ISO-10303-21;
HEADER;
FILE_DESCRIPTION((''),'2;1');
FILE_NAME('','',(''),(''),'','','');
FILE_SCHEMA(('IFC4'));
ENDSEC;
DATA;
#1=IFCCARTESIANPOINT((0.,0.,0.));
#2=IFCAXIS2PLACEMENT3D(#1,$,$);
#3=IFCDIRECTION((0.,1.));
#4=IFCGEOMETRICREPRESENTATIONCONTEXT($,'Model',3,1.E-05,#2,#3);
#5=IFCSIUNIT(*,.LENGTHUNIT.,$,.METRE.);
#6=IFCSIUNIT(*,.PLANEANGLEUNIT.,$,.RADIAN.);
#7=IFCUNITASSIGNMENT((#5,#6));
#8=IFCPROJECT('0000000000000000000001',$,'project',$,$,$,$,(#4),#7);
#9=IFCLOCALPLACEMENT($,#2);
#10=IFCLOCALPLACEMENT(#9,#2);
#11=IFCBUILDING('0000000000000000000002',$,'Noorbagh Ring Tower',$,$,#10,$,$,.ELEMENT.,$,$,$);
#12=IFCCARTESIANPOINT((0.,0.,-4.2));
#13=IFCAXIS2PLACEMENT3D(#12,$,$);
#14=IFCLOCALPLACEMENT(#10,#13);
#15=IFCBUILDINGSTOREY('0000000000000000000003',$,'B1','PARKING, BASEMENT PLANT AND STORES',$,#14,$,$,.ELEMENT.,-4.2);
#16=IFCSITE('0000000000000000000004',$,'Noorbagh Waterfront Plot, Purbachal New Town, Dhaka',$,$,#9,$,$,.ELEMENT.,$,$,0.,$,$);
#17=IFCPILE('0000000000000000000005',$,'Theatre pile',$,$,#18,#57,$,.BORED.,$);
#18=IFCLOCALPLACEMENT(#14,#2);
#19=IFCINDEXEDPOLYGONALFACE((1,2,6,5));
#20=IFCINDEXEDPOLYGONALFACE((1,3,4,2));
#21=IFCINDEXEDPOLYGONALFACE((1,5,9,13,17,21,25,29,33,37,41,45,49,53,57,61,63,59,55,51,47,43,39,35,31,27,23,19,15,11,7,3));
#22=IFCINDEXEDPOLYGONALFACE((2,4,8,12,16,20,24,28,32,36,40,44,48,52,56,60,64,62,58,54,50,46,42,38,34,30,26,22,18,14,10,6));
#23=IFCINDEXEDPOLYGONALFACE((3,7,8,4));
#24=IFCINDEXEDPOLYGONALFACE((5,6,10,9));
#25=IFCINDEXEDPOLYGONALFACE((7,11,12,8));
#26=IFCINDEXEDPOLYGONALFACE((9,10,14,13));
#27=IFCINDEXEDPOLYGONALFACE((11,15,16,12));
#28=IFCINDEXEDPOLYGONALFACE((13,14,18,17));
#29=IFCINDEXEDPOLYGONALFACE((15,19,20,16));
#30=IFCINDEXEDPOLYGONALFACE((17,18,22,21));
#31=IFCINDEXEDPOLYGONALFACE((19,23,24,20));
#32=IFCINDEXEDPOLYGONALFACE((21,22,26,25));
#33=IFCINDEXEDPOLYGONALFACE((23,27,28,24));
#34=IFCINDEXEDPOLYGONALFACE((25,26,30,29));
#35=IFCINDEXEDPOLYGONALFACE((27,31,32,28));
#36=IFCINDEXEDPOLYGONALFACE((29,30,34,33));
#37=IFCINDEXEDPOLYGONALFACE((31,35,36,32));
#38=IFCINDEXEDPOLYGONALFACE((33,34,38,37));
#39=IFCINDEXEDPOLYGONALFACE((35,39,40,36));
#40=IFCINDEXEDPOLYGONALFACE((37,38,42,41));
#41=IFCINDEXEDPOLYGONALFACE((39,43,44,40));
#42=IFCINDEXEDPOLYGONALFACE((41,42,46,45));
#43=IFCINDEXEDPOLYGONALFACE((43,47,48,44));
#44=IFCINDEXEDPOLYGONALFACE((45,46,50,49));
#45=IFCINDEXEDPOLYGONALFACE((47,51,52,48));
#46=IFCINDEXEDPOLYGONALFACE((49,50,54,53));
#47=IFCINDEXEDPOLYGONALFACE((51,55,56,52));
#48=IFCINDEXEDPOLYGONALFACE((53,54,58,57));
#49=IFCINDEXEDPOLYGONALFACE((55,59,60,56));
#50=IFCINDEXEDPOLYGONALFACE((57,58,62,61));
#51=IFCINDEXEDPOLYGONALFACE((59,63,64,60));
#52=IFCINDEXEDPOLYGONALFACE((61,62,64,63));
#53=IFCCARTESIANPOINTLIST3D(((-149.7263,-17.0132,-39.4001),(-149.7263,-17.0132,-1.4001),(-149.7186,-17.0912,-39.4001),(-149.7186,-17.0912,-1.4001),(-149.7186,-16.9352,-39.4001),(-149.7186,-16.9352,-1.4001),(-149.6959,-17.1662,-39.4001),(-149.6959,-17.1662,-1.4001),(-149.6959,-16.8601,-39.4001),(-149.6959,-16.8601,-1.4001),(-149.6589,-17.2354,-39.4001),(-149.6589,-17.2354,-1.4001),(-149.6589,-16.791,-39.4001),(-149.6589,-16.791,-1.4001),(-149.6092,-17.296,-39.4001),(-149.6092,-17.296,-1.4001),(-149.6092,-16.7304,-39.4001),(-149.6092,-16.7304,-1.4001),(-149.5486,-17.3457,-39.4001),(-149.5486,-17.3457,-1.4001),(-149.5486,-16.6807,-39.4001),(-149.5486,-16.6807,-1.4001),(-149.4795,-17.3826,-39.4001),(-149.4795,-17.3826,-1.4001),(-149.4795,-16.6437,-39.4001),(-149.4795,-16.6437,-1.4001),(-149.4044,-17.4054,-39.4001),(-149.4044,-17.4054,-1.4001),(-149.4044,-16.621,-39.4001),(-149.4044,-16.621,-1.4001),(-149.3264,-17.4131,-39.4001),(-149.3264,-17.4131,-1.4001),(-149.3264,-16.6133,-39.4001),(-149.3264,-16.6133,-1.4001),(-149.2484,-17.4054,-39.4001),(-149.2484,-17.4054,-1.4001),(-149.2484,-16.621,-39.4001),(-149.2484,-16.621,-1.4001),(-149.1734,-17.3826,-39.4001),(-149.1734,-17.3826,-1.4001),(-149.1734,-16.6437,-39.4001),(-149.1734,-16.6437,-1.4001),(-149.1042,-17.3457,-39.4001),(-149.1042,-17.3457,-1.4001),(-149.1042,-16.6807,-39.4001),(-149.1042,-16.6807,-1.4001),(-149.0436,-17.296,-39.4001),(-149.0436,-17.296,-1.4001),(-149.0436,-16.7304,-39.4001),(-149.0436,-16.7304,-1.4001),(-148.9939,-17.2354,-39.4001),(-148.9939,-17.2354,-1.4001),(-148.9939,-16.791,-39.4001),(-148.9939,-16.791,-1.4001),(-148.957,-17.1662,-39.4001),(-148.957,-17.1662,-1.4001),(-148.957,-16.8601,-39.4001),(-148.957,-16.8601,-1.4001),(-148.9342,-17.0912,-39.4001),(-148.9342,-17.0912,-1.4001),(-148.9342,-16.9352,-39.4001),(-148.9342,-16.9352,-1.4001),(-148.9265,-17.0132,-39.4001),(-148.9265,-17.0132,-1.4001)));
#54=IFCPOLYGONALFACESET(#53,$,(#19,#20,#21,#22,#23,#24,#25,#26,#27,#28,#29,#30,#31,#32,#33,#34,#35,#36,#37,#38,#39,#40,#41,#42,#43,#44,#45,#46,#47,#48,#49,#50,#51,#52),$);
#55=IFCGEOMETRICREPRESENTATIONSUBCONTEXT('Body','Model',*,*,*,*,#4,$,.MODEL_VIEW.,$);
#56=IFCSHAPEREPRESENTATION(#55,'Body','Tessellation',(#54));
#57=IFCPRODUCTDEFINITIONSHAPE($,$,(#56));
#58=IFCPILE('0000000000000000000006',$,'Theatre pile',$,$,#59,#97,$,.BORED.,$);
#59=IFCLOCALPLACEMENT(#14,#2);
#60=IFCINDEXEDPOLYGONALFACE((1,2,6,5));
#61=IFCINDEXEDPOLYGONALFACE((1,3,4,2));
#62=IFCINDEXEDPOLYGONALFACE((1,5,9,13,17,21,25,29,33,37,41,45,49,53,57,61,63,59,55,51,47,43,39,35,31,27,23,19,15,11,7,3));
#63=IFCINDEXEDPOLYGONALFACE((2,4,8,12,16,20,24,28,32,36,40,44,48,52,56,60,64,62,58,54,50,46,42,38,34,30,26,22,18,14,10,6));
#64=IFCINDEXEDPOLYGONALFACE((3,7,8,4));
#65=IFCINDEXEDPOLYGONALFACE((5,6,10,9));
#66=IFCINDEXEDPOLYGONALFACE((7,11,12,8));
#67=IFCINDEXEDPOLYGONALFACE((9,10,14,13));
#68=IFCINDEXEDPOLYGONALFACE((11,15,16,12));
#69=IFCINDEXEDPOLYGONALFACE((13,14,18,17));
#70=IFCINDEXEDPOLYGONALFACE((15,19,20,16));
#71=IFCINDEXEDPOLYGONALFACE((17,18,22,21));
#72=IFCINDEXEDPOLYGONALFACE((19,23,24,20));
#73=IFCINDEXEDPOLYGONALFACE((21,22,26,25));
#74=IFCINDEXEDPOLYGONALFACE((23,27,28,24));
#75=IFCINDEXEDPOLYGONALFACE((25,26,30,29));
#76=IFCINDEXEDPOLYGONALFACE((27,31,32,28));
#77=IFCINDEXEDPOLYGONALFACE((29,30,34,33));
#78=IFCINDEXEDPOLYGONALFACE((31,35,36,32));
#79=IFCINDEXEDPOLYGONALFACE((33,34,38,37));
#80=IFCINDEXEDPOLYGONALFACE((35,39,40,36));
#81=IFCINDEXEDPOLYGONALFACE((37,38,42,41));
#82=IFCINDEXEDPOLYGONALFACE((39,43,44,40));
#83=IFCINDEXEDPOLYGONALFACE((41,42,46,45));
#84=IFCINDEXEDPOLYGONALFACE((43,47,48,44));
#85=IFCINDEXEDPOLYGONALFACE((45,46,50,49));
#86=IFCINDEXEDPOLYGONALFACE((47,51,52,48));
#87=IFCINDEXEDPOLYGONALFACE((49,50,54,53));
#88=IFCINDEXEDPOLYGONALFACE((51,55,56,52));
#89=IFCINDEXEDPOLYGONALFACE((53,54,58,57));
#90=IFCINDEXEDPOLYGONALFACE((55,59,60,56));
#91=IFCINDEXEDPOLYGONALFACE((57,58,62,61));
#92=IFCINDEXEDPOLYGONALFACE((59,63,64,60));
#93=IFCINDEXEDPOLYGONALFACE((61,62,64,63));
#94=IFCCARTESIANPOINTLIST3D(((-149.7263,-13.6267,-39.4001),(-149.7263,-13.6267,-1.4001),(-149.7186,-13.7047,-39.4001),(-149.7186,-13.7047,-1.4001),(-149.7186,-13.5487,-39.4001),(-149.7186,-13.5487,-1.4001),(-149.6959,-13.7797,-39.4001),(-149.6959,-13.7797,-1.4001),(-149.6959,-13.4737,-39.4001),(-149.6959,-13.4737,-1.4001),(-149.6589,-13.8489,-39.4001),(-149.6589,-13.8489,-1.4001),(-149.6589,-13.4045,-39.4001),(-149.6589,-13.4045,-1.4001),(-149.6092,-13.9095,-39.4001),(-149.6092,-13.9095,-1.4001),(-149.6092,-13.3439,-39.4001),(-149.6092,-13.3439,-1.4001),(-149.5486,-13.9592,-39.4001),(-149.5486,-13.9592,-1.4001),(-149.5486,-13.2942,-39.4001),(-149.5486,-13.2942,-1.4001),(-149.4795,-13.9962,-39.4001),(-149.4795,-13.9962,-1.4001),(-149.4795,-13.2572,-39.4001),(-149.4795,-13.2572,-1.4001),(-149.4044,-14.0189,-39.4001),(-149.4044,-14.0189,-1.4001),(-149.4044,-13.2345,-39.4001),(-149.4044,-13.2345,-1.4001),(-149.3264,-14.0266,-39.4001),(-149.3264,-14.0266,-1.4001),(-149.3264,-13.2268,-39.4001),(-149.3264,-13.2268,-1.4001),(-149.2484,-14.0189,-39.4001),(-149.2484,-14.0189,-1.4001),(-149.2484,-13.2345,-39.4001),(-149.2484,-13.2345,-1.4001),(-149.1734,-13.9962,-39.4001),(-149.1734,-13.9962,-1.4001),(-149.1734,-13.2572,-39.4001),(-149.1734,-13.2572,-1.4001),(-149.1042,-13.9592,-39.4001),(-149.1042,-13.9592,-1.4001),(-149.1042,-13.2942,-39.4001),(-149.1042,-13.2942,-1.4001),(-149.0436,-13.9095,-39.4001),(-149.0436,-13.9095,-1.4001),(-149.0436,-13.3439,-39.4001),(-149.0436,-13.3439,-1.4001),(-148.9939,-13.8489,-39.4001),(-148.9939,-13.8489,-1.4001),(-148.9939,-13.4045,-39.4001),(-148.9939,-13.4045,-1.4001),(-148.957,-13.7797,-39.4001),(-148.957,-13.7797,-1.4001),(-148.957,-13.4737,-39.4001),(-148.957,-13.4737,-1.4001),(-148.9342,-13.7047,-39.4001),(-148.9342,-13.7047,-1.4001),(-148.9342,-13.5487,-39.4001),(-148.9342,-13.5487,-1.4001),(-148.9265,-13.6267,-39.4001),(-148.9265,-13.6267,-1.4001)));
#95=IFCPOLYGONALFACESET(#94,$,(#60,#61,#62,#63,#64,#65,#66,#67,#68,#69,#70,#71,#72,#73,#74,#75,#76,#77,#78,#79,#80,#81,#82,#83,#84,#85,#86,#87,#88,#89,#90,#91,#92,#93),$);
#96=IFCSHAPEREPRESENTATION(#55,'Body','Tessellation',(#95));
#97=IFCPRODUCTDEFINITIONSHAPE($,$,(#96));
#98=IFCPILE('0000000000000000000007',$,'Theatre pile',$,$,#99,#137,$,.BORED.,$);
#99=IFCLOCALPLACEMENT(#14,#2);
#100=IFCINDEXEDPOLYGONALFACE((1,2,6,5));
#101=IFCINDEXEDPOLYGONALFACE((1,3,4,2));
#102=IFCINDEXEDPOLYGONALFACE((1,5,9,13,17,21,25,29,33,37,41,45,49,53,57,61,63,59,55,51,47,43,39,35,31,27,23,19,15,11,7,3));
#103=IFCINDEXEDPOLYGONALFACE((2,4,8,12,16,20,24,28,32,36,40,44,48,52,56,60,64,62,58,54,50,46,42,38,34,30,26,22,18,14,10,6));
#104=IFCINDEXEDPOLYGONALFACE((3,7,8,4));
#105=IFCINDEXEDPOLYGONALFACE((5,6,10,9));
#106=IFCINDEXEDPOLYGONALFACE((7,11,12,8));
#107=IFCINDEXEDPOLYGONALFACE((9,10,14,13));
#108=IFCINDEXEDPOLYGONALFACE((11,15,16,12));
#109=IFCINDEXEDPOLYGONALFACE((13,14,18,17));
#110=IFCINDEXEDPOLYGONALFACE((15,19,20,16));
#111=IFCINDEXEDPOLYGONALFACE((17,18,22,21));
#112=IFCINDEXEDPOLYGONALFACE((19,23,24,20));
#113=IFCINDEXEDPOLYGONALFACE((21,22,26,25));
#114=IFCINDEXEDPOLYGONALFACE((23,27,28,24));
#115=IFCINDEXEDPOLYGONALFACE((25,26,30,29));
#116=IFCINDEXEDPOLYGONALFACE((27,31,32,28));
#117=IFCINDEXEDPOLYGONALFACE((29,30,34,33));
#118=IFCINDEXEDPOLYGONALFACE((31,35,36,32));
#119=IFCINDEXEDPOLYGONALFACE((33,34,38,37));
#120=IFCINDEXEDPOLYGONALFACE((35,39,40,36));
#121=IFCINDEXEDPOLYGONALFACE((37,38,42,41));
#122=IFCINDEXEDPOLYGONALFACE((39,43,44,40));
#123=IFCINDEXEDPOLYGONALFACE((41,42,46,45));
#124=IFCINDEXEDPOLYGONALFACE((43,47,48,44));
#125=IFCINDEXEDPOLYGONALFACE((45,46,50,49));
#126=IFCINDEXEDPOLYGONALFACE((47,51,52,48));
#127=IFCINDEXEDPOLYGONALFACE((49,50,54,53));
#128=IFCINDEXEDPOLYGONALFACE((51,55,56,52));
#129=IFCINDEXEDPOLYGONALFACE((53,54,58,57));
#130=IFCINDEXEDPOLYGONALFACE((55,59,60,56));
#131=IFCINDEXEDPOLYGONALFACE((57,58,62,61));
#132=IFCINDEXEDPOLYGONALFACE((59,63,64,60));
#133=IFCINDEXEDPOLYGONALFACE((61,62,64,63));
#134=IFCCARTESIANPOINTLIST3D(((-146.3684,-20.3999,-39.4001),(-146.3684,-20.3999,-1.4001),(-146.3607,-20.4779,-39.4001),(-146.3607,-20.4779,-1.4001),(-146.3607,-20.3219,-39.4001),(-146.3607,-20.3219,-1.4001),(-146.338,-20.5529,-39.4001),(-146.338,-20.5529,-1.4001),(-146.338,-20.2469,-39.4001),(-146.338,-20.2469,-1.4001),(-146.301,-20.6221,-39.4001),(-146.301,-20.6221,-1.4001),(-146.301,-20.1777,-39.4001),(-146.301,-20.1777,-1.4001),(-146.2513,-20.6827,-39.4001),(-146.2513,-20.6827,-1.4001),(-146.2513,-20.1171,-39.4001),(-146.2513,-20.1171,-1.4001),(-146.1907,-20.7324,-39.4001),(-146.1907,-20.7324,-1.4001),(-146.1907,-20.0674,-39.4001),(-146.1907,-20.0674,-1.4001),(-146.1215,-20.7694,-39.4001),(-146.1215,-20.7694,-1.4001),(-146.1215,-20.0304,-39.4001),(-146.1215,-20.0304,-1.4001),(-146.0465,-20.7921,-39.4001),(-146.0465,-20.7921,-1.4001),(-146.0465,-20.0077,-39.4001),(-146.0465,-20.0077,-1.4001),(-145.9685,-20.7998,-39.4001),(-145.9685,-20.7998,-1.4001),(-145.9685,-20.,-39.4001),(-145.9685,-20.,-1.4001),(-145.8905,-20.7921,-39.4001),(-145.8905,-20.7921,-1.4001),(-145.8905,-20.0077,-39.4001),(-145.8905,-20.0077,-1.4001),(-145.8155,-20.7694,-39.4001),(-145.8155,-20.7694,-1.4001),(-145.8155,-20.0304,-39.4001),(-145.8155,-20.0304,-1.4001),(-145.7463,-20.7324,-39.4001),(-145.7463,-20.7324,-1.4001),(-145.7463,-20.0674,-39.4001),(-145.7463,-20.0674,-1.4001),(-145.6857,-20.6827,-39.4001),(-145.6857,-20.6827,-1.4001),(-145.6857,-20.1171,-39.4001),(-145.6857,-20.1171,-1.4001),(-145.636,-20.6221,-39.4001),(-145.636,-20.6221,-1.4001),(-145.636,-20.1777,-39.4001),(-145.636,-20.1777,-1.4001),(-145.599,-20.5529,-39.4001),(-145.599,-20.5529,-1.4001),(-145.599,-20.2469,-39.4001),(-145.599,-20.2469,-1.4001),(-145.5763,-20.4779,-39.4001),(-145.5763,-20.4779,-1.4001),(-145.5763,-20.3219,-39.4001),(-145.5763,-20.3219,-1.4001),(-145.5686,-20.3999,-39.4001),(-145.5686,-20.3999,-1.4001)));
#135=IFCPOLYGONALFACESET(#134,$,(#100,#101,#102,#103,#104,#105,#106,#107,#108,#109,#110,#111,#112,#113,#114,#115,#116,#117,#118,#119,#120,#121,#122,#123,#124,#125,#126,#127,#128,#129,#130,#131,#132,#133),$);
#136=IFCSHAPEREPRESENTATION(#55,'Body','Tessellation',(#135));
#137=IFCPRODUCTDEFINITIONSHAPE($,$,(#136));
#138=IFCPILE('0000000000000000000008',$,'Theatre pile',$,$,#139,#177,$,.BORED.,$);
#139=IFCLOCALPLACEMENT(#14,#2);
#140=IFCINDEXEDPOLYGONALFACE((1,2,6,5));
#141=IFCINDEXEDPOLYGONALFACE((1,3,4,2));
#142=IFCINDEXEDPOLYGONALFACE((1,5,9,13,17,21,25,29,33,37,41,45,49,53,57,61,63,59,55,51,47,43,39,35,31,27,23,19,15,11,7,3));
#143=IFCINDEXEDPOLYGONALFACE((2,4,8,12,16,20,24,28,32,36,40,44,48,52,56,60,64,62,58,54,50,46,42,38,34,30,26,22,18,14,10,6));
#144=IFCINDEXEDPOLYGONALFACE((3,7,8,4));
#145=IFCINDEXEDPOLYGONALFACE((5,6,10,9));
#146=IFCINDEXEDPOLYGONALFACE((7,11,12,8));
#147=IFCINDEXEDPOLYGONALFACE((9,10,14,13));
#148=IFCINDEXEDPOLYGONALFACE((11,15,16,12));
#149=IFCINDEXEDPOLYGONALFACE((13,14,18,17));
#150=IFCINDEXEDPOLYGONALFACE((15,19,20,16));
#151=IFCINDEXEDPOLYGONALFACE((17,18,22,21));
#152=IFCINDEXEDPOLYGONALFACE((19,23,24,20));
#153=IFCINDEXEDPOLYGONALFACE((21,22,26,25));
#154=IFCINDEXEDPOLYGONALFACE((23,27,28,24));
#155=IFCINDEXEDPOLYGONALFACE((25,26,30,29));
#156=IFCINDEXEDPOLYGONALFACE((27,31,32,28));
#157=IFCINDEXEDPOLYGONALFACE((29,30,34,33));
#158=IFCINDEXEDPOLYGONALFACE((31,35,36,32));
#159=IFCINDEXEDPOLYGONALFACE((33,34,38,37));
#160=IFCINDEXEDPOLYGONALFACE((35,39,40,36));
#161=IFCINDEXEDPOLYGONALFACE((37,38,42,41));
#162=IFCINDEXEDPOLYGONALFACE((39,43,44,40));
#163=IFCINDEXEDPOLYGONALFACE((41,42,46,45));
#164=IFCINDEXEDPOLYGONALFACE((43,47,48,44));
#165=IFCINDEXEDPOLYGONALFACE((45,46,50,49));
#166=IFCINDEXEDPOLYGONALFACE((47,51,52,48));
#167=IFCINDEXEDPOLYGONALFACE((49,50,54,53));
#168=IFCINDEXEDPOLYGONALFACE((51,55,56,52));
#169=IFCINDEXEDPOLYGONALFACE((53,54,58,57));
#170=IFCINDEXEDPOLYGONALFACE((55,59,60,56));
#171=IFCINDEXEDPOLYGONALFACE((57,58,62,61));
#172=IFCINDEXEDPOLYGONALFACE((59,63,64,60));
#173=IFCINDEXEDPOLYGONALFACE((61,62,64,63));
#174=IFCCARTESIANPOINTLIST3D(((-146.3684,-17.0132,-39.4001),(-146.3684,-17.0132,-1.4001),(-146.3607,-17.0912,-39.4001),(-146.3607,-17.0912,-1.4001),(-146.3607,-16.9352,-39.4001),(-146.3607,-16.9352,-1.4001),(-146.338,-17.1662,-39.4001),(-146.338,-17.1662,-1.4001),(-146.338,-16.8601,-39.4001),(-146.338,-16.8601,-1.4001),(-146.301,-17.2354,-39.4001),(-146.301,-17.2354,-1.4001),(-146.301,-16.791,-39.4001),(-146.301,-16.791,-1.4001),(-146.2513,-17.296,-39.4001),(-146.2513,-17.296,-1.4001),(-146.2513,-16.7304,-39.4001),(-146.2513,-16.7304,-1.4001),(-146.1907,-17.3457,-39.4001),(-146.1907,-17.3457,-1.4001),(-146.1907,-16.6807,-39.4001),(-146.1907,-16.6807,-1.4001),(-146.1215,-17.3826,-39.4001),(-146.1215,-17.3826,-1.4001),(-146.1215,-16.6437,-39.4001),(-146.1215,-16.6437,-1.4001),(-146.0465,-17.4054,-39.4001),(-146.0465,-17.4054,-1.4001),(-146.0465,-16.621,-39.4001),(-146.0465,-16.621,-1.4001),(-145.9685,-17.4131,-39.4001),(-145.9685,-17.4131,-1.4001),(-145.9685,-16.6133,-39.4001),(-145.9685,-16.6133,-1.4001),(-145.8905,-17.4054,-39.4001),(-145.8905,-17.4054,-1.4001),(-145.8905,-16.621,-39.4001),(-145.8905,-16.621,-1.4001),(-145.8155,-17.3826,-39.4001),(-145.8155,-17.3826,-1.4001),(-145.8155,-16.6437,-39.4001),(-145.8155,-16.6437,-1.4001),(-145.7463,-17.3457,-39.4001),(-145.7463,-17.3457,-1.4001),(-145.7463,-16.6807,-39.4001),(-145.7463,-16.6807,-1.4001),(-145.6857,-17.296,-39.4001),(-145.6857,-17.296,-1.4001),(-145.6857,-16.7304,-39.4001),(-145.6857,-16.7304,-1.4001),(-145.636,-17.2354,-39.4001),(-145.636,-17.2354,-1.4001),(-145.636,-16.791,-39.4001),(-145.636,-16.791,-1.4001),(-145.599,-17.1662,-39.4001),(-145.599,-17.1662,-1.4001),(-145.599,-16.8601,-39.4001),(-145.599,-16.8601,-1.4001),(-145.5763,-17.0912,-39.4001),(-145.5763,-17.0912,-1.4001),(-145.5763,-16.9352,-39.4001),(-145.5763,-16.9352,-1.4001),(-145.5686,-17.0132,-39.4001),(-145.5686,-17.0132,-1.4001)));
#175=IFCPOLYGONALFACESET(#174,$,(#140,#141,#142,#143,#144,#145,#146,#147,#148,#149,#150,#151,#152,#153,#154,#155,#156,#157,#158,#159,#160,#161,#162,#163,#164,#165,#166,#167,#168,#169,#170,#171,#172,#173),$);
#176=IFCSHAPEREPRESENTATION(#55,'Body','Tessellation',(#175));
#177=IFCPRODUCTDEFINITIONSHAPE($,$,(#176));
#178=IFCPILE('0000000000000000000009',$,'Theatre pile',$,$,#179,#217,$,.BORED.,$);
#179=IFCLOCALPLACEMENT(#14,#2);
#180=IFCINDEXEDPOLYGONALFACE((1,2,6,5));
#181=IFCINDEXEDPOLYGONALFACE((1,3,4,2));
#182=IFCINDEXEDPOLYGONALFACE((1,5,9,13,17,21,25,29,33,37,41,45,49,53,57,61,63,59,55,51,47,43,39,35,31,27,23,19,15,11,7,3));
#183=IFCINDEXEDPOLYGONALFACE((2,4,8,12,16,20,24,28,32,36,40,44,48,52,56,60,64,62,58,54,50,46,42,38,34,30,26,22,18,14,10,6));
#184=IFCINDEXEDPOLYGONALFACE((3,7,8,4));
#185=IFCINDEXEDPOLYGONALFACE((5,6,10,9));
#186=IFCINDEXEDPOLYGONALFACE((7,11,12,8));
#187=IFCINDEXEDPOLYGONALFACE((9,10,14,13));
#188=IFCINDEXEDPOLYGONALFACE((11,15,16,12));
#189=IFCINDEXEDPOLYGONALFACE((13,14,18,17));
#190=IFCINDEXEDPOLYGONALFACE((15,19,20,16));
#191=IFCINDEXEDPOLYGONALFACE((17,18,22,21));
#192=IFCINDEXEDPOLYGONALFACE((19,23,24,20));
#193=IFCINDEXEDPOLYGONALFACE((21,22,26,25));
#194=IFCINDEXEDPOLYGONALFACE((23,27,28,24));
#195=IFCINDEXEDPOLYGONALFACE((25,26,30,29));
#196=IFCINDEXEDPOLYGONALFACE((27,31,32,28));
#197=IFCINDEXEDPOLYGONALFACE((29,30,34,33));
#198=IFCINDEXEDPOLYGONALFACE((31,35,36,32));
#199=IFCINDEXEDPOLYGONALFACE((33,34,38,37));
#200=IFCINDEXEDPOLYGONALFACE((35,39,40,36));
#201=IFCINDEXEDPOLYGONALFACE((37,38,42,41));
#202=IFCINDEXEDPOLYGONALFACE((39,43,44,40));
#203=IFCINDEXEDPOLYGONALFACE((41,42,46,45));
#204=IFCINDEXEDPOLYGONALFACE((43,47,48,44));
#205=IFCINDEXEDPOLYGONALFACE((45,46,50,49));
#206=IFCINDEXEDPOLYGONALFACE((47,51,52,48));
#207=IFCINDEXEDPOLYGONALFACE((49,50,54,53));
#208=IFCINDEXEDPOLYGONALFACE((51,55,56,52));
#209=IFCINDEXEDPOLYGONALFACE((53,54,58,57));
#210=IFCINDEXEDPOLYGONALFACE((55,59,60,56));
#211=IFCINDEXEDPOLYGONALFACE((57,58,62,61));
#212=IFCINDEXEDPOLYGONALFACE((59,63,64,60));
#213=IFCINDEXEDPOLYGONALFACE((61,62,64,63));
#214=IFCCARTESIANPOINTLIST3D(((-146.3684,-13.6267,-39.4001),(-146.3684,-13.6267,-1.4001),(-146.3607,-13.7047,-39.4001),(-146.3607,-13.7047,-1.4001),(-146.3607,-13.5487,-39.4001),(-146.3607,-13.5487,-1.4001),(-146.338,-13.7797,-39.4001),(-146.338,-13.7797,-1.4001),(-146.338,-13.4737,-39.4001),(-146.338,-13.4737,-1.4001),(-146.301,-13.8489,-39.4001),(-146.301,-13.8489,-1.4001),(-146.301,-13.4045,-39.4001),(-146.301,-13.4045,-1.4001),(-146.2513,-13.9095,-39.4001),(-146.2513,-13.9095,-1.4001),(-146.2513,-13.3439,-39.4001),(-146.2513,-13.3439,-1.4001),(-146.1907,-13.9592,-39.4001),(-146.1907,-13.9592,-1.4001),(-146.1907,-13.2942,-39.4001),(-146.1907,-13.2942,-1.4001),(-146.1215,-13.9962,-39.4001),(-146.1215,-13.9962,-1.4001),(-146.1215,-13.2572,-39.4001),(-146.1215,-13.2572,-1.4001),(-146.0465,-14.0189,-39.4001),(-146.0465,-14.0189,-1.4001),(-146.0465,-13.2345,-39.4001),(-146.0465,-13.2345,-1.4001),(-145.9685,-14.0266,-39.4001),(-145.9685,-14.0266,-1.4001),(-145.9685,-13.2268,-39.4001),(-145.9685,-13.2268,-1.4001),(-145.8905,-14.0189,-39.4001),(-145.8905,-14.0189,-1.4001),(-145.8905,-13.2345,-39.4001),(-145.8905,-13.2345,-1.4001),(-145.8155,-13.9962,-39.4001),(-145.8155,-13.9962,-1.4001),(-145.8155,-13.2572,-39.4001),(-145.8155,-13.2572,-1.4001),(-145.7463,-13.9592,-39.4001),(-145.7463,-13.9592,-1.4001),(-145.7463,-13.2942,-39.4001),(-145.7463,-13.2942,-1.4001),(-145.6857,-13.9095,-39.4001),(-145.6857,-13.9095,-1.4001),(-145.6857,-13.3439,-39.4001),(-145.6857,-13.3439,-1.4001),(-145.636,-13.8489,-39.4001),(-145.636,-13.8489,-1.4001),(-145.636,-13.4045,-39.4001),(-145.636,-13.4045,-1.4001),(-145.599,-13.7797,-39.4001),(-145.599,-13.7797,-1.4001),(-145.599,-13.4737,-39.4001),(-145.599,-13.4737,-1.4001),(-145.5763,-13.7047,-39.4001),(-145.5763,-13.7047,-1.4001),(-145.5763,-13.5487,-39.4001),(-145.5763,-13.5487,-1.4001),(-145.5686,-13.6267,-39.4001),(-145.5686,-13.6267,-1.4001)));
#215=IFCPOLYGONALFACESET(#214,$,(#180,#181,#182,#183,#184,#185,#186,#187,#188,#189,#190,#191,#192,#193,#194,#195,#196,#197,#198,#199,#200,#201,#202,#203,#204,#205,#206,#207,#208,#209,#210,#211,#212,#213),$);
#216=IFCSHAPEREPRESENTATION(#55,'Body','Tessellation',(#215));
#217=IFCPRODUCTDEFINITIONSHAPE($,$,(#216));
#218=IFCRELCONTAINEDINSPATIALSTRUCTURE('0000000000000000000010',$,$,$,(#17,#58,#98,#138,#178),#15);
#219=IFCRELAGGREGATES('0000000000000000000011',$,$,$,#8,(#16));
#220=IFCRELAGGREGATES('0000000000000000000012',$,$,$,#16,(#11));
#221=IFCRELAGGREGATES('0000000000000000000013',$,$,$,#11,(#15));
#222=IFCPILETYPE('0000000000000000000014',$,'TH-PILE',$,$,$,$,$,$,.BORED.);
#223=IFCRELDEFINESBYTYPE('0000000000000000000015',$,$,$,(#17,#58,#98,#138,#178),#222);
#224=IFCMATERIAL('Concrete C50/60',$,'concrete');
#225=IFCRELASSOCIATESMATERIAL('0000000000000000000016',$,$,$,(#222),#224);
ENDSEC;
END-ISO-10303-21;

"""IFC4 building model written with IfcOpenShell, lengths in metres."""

from ifc_helpers import new_model, si_unit, direction, frame, origin, origin_2d, place, context, subcontext, project, spatial, circle, extrude, material, material_profile, profile_set, type_object, element, save


model = new_model("IFC4")

# Units and contexts
model_context = context("Model", 3, precision=1e-05, world=origin(), true_north=direction((0.0, 1.0)))
body_context = subcontext(model_context, "Body", "Model", "MODEL_VIEW")
ifc_project = project(units=[si_unit("LENGTHUNIT", "METRE"), si_unit("PLANEANGLEUNIT", "RADIAN")], contexts=[model_context])

# Site, building, storey
site_placement = place(None, origin())
site = spatial("IfcSite", under=ifc_project, at=site_placement, Name="Noorbagh Waterfront Plot, Purbachal New Town, Dhaka", CompositionType="ELEMENT", RefElevation=0.0)
building_placement = place(site_placement, origin())
building = spatial("IfcBuilding", under=site, at=building_placement, Name="Noorbagh Ring Tower", CompositionType="ELEMENT")
storey_placement = place(building_placement, frame((0.0, 0.0, -4.2)))
storey = spatial("IfcBuildingStorey", under=building, at=storey_placement, Name="B1", Description="PARKING, BASEMENT PLANT AND STORES", CompositionType="ELEMENT", Elevation=-4.2)

# Piles
ifc_material_1 = material(Name="Concrete C50/60", Category="concrete")
ifc_material_profile_1 = material_profile(ifc_material_1, circle(Radius=0.3999, at=origin_2d()), Name="PILE800")
ifc_profile_set_1 = profile_set([ifc_material_profile_1], Name="Concrete C50/60")
pile_type = type_object("IfcPileType", Name="TH-PILE", PredefinedType="BORED", material=ifc_profile_set_1)
for number, where, z_axis, x_axis, name in (
    (1, (-149.3264, -17.0132, -1.4001), (0.0, 0.0, -1.0), (1.0, 0.0, 0.0), "Theatre pile"),
    (2, (-149.3264, -13.6267, -1.4001), (0.0, 0.0, -1.0), (1.0, 0.0, 0.0), "Theatre pile"),
    (3, (-145.9685, -20.3999, -1.4001), (0.0, 0.0, -1.0), (1.0, 0.0, 0.0), "Theatre pile"),
    (4, (-145.9685, -17.0132, -1.4001), (0.0, 0.0, -1.0), (1.0, 0.0, 0.0), "Theatre pile"),
    (5, (-145.9685, -13.6267, -1.4001), (0.0, 0.0, -1.0), (1.0, 0.0, 0.0), "Theatre pile"),
):
    element("IfcPile", number, at=place(storey_placement, frame(where, z_axis=z_axis, x_axis=x_axis)), inside=storey, type_object=pile_type, Name=name, PredefinedType="BORED", context=body_context, shape_type="SweptSolid", body=[
        extrude(circle(Radius=0.3999, at=origin_2d()), origin(), (0.0, 0.0, 1.0), 38.0),
    ])

save(model, "model.ifc")
